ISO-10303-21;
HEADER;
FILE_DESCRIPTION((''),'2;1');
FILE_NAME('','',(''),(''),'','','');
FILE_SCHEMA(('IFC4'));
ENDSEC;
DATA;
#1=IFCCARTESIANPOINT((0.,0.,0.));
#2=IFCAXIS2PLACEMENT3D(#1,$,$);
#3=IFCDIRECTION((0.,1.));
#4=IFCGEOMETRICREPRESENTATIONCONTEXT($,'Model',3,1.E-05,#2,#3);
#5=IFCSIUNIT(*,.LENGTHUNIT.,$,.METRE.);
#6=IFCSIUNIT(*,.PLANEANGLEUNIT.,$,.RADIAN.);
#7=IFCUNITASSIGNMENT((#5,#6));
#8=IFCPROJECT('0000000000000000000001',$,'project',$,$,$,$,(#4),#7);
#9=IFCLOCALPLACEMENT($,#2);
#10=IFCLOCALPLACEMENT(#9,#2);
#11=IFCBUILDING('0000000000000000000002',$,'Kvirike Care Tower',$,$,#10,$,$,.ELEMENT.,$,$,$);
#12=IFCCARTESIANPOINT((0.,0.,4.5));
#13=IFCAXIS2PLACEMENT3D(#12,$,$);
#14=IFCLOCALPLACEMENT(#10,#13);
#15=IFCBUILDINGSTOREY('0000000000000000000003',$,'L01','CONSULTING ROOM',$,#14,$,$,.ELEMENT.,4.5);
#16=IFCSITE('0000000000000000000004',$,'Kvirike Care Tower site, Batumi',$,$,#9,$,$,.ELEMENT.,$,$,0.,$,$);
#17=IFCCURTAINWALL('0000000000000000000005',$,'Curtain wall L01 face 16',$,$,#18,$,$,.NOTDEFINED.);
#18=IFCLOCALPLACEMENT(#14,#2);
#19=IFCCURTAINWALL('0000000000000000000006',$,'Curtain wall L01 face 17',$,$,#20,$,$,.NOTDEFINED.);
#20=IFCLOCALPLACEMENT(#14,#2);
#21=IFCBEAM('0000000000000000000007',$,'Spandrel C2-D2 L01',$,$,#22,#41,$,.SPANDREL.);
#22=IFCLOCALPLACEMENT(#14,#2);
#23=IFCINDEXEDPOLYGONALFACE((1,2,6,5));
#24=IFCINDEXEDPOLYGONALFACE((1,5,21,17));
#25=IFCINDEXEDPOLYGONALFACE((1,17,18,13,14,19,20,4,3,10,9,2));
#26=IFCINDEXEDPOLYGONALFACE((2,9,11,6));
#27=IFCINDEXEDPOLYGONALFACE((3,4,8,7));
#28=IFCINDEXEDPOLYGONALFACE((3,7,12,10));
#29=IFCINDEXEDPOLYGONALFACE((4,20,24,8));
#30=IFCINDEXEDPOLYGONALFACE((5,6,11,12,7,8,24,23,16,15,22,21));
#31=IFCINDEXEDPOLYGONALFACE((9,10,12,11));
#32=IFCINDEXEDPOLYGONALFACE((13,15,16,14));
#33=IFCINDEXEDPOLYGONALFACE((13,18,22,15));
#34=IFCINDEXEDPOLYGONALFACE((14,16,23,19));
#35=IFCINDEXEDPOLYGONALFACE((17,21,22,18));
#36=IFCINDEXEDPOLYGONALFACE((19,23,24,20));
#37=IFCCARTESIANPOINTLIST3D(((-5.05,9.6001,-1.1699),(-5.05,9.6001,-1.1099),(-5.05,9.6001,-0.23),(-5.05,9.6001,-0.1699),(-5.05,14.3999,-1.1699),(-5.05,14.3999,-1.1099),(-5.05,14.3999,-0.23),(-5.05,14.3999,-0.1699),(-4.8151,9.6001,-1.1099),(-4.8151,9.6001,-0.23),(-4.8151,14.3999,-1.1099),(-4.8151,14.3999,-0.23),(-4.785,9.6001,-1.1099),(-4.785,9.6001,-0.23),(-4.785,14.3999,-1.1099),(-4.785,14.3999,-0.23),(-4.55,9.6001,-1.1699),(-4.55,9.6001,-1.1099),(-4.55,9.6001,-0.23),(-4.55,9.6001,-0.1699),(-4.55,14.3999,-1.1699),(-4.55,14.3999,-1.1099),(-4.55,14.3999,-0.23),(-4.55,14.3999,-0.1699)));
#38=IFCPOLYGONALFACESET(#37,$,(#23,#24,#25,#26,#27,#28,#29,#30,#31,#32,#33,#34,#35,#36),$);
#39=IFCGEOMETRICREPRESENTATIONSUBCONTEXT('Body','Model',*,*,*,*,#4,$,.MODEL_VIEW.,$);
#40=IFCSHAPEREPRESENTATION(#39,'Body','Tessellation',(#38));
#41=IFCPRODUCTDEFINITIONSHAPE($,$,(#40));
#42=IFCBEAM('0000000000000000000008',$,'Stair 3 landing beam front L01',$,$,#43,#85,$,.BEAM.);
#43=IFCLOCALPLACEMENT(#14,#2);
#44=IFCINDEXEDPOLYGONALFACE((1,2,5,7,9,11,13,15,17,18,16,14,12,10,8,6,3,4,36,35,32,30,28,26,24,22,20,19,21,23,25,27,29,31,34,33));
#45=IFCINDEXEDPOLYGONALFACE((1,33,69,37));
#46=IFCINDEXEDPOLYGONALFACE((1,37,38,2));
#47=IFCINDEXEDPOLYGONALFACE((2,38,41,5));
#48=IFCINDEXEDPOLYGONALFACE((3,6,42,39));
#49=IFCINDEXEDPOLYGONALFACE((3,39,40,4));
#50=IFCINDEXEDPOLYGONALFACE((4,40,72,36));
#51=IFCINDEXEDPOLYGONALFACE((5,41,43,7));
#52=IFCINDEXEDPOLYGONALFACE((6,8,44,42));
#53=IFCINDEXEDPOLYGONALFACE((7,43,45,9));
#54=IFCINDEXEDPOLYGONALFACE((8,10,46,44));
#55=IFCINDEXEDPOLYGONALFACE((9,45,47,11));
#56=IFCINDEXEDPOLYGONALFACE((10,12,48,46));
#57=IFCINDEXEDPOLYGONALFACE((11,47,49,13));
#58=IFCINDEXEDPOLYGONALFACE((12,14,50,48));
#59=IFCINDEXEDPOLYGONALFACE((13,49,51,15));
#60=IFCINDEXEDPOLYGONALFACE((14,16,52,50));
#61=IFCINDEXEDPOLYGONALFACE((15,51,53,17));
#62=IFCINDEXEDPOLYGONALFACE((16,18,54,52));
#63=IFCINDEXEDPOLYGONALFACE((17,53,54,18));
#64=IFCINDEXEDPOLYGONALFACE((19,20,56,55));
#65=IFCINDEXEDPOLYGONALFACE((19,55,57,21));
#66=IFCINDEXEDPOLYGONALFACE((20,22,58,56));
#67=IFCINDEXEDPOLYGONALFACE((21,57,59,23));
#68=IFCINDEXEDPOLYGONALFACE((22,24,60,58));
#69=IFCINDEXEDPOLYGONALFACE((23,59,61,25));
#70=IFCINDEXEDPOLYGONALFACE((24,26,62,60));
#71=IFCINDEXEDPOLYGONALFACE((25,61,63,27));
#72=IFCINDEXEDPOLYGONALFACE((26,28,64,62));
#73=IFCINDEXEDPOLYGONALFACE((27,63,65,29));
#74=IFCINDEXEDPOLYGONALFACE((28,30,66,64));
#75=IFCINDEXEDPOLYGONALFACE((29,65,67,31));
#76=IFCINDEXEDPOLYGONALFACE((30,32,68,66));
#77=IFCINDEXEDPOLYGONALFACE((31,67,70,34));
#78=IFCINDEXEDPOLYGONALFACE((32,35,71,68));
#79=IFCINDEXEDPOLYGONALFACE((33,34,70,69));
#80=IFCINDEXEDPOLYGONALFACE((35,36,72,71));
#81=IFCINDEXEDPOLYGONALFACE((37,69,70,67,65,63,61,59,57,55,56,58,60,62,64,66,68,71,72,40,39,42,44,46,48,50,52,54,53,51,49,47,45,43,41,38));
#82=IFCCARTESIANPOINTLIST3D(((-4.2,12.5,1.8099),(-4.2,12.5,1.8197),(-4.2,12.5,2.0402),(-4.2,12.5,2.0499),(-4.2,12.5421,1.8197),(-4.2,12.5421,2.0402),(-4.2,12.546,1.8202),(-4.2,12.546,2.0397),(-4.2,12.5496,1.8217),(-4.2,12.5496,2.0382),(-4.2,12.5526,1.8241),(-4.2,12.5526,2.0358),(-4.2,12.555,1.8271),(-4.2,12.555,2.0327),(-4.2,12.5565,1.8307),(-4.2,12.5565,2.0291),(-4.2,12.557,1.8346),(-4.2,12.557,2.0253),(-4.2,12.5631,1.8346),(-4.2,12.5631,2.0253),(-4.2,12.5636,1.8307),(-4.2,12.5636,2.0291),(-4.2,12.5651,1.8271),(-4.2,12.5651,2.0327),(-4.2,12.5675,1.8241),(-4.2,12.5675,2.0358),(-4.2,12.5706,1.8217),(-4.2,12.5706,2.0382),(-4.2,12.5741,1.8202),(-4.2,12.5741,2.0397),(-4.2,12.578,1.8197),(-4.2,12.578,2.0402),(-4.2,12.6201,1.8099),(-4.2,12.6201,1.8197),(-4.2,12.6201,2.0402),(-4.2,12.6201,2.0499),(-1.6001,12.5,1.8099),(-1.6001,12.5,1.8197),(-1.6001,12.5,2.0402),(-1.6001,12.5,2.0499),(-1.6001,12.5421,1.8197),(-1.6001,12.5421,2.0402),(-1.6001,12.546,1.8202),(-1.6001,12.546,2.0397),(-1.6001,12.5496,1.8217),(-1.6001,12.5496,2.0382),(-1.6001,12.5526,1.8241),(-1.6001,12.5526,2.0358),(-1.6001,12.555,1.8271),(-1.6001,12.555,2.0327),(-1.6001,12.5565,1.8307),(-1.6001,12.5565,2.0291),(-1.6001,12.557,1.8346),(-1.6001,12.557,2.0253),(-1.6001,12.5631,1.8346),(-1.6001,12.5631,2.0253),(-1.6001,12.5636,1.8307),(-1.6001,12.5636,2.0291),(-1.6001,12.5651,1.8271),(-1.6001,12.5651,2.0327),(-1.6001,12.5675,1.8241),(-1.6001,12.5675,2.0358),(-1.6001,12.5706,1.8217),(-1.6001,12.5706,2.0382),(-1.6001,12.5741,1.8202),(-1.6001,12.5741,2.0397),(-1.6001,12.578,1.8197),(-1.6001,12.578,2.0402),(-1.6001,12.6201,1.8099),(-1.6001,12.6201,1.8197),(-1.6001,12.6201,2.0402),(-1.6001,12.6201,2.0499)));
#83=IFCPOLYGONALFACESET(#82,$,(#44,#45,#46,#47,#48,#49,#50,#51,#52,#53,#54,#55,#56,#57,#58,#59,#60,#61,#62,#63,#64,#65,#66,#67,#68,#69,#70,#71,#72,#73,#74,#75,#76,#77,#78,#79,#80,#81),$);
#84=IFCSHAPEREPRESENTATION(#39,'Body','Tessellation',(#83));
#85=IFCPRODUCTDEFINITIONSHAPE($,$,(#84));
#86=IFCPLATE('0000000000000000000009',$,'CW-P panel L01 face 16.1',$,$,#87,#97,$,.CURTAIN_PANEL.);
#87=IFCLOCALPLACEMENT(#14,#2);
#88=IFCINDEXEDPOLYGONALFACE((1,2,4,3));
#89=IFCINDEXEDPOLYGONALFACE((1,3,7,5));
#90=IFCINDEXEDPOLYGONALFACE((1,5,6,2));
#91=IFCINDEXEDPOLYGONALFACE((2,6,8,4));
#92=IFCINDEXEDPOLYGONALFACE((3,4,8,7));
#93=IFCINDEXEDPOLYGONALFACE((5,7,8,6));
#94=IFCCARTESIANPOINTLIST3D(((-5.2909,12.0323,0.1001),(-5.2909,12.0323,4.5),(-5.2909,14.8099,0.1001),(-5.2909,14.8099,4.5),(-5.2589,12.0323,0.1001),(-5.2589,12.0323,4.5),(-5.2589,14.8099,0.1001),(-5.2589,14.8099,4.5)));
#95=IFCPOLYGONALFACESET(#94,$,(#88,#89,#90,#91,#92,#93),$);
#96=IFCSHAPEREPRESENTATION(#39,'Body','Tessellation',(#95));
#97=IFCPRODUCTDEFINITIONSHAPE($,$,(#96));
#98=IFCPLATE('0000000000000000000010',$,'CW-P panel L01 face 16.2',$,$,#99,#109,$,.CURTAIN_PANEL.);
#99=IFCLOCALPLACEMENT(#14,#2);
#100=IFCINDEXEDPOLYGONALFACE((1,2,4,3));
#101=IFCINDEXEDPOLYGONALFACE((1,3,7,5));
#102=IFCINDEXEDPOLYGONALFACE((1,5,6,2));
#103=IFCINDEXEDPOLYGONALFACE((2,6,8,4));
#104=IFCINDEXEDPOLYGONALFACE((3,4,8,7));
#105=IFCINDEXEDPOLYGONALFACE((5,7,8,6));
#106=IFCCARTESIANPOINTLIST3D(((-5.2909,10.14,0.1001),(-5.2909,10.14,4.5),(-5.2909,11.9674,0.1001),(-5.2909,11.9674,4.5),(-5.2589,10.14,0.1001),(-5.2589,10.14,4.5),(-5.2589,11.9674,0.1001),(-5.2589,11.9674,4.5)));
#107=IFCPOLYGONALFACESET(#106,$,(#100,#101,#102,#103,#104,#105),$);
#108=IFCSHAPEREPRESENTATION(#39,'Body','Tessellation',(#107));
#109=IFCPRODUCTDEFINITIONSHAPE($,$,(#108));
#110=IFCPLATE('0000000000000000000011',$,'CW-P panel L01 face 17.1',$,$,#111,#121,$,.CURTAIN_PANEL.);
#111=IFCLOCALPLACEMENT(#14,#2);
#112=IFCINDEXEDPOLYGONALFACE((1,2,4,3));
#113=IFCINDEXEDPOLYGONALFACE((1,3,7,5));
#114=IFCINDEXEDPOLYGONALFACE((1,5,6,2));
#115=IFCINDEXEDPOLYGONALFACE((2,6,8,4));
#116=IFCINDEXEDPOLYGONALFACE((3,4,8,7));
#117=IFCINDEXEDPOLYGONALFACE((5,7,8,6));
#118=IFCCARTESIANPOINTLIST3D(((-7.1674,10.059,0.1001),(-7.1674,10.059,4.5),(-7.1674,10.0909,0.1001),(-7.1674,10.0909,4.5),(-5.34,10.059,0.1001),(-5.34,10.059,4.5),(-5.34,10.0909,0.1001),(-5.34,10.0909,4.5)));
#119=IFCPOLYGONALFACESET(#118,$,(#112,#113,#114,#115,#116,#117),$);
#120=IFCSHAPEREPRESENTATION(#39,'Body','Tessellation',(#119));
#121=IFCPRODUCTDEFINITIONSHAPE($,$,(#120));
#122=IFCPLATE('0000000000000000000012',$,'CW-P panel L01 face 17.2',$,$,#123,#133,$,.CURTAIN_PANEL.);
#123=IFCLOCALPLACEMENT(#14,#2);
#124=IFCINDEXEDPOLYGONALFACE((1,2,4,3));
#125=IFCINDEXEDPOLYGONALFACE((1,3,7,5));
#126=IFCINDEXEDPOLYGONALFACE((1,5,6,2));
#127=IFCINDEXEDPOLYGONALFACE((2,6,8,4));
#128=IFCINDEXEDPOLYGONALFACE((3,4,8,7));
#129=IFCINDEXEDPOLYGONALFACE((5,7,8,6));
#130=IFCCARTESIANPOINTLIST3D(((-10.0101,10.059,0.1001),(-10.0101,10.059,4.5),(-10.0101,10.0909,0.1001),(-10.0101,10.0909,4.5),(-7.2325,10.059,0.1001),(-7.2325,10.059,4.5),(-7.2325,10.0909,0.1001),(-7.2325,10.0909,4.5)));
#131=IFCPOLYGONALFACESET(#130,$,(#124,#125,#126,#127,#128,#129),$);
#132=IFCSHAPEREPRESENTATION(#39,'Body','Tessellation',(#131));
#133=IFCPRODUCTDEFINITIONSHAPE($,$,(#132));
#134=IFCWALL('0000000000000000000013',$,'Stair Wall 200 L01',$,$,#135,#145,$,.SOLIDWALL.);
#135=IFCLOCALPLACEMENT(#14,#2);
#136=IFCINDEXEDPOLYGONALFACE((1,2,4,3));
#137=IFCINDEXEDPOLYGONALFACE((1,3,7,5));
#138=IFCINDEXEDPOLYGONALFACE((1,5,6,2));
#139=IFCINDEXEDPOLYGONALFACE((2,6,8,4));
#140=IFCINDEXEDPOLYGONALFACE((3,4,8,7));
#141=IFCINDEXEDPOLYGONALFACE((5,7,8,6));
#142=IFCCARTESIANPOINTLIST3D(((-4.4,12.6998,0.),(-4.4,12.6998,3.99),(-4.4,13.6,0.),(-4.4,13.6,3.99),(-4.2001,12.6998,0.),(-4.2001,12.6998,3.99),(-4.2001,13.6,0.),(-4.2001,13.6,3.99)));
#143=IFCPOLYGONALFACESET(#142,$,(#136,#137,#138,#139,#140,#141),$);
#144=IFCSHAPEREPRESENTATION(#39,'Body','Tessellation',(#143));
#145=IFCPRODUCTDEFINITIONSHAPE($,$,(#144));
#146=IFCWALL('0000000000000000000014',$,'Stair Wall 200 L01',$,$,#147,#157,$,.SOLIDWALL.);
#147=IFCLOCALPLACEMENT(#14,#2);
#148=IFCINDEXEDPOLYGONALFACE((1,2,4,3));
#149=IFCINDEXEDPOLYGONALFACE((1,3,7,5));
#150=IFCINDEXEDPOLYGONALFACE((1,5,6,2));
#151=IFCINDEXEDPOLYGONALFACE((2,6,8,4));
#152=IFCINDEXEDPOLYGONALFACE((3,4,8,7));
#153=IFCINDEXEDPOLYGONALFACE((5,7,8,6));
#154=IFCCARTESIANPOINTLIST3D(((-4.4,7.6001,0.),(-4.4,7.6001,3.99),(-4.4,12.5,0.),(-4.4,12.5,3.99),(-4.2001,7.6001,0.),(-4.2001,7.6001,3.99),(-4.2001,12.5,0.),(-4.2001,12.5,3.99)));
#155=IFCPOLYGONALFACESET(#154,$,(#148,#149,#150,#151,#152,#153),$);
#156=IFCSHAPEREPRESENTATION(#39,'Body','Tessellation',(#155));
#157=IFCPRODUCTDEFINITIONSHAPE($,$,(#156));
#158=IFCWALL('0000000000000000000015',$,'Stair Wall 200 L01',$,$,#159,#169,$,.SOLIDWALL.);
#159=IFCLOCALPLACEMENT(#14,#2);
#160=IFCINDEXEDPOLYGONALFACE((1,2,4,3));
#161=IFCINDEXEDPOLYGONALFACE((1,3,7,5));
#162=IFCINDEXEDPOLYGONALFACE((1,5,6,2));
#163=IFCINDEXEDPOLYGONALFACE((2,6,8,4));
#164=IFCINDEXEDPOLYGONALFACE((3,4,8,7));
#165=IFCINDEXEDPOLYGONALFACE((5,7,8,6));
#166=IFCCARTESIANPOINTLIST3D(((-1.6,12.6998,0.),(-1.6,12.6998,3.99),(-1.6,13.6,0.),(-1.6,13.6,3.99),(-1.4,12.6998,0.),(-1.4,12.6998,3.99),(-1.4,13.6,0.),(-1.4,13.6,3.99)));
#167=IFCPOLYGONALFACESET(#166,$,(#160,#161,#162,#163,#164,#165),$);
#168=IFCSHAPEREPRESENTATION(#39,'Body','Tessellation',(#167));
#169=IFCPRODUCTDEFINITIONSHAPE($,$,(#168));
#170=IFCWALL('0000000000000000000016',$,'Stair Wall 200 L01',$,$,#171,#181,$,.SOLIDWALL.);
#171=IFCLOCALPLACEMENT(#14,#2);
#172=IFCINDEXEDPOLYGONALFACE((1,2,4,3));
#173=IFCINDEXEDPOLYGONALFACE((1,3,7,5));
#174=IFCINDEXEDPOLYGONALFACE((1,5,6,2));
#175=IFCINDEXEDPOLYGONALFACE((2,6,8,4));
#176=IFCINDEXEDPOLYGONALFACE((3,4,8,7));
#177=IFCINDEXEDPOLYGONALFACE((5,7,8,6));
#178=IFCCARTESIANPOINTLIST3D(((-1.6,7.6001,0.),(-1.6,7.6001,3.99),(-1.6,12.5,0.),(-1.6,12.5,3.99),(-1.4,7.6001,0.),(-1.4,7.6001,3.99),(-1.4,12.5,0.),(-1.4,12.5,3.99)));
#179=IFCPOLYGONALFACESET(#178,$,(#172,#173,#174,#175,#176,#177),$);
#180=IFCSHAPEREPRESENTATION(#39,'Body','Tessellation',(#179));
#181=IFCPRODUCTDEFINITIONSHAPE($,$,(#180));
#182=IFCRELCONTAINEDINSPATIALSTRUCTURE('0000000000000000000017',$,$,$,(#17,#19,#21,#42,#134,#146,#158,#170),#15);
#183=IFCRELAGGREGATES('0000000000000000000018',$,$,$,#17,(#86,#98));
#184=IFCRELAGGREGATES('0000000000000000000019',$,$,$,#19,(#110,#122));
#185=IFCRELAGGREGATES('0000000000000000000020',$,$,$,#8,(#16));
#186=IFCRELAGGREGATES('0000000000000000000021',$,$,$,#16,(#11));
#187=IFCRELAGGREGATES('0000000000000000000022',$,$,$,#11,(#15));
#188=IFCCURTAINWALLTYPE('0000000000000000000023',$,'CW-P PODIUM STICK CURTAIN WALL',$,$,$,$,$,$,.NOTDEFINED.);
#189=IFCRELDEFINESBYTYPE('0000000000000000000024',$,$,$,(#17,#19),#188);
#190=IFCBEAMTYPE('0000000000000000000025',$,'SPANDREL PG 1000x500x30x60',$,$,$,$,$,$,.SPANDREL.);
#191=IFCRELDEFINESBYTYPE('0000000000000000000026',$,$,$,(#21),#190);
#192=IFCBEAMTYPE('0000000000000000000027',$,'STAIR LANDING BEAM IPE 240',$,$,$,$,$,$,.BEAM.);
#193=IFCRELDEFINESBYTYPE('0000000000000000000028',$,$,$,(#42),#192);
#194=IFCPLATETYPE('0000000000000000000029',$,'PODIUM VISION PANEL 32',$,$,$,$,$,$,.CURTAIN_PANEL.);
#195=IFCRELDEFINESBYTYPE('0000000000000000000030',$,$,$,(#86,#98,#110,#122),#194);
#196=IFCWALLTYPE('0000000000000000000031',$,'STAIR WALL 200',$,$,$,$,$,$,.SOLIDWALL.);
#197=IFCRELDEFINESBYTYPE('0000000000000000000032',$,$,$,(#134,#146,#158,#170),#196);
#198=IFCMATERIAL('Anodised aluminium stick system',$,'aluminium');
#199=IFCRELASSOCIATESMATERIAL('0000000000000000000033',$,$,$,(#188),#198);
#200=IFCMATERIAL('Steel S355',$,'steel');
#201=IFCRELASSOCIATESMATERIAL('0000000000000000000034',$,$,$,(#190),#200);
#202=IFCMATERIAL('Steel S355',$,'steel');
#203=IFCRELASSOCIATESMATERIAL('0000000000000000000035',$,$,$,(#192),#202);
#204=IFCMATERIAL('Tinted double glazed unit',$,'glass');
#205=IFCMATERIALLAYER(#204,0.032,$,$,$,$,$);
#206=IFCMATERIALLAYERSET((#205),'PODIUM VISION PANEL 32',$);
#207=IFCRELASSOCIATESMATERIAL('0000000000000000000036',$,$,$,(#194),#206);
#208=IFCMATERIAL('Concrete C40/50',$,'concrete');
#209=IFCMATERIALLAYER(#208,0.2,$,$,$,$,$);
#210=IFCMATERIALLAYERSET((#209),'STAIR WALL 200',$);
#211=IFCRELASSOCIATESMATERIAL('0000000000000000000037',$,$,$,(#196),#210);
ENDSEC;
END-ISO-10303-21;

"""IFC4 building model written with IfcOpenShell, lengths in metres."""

from ifc_helpers import new_model, si_unit, direction, frame, frame_2d, origin, origin_2d, place, context, subcontext, project, spatial, rectangle, i_section, extrude, material, layer, layer_set, material_profile, profile_set, type_object, element, aggregate, save


model = new_model("IFC4")

# Units and contexts
model_context = context("Model", 3, precision=1e-05, world=origin(), true_north=direction((0.0, 1.0)))
body_context = subcontext(model_context, "Body", "Model", "MODEL_VIEW")
ifc_project = project(units=[si_unit("LENGTHUNIT", "METRE"), si_unit("PLANEANGLEUNIT", "RADIAN")], contexts=[model_context])

# Site, building, storey
site_placement = place(None, origin())
site = spatial("IfcSite", under=ifc_project, at=site_placement, Name="Kvirike Care Tower site, Batumi", CompositionType="ELEMENT", RefElevation=0.0)
building_placement = place(site_placement, origin())
building = spatial("IfcBuilding", under=site, at=building_placement, Name="Kvirike Care Tower", CompositionType="ELEMENT")
storey_placement = place(building_placement, frame((0.0, 0.0, 4.5)))
storey = spatial("IfcBuildingStorey", under=building, at=storey_placement, Name="L01", Description="CONSULTING ROOM", CompositionType="ELEMENT", Elevation=4.5)

# Curtain walls
ifc_material_1 = material(Name="Anodised aluminium stick system", Category="aluminium")
curtain_wall_type = type_object("IfcCurtainWallType", Name="CW-P PODIUM STICK CURTAIN WALL", PredefinedType="NOTDEFINED", material=ifc_material_1)
curtain_wall_1_placement = place(storey_placement, origin())
curtain_wall_1 = element("IfcCurtainWall", 1, at=curtain_wall_1_placement, inside=storey, type_object=curtain_wall_type, Name="Curtain wall L01 face 16", PredefinedType="NOTDEFINED")
curtain_wall_2_placement = place(storey_placement, origin())
curtain_wall_2 = element("IfcCurtainWall", 2, at=curtain_wall_2_placement, inside=storey, type_object=curtain_wall_type, Name="Curtain wall L01 face 17", PredefinedType="NOTDEFINED")

# Beams
ifc_material_2 = material(Name="Steel S355", Category="steel")
ifc_material_profile_1 = material_profile(ifc_material_2, i_section(OverallWidth=0.5, OverallDepth=1.0, WebThickness=0.03, FlangeThickness=0.0601, at=origin_2d()), Name="PG 1000x500x30x60")
ifc_profile_set_1 = profile_set([ifc_material_profile_1], Name="Steel S355")
beam_type_1 = type_object("IfcBeamType", Name="SPANDREL PG 1000x500x30x60", PredefinedType="SPANDREL", material=ifc_profile_set_1)
beam_1_placement = place(storey_placement, frame((-4.8, 9.6001, -0.6699), z_axis=(0.0, 1.0, 0.0), x_axis=(-1.0, 0.0, 0.0)))
element("IfcBeam", 3, at=beam_1_placement, inside=storey, type_object=beam_type_1, Name="Spandrel C2-D2 L01", PredefinedType="SPANDREL", context=body_context, shape_type="SweptSolid", body=[
    extrude(i_section(OverallWidth=0.5, OverallDepth=1.0, WebThickness=0.03, FlangeThickness=0.0601, at=origin_2d()), origin(), (0.0, 0.0, 1.0), 4.7998),
])
ifc_material_3 = material(Name="Steel S355", Category="steel")
ifc_material_profile_2 = material_profile(ifc_material_3, i_section(OverallWidth=0.1201, OverallDepth=0.24, WebThickness=0.0061, FlangeThickness=0.0098, FilletRadius=0.0149, at=origin_2d()), Name="IPE 240")
ifc_profile_set_2 = profile_set([ifc_material_profile_2], Name="Steel S355")
beam_type_2 = type_object("IfcBeamType", Name="STAIR LANDING BEAM IPE 240", PredefinedType="BEAM", material=ifc_profile_set_2)
beam_2_placement = place(storey_placement, frame((-4.2, 12.5601, 1.9299), z_axis=(1.0, 0.0, 0.0), x_axis=(0.0, 1.0, 0.0)))
element("IfcBeam", 4, at=beam_2_placement, inside=storey, type_object=beam_type_2, Name="Stair 3 landing beam front L01", PredefinedType="BEAM", context=body_context, shape_type="SweptSolid", body=[
    extrude(i_section(OverallWidth=0.1201, OverallDepth=0.24, WebThickness=0.0061, FlangeThickness=0.0098, FilletRadius=0.0149, at=origin_2d()), origin(), (0.0, 0.0, 1.0), 2.5999),
])

# Plates
ifc_material_4 = material(Name="Tinted double glazed unit", Category="glass")
ifc_layer_1 = layer(ifc_material_4, 0.032)
ifc_layer_set_1 = layer_set([ifc_layer_1], Name="PODIUM VISION PANEL 32")
plate_type = type_object("IfcPlateType", Name="PODIUM VISION PANEL 32", PredefinedType="CURTAIN_PANEL", material=ifc_layer_set_1)
plate_1_placement = place(storey_placement, frame((-5.2749, 13.4211, 0.1001), z_axis=(0.0, 0.0, 1.0), x_axis=(0.0, -1.0, 0.0)))
plate_1 = element("IfcPlate", 5, at=plate_1_placement, type_object=plate_type, Name="CW-P panel L01 face 16.1", PredefinedType="CURTAIN_PANEL", context=body_context, shape_type="SweptSolid", body=[
    extrude(rectangle(XDim=2.7776, YDim=0.032, at=origin_2d()), origin(), (0.0, 0.0, 1.0), 4.3999),
])
plate_2_placement = place(storey_placement, frame((-5.2749, 11.0537, 0.1001), z_axis=(0.0, 0.0, 1.0), x_axis=(0.0, -1.0, 0.0)))
plate_2 = element("IfcPlate", 6, at=plate_2_placement, type_object=plate_type, Name="CW-P panel L01 face 16.2", PredefinedType="CURTAIN_PANEL", context=body_context, shape_type="SweptSolid", body=[
    extrude(rectangle(XDim=1.8274, YDim=0.032, at=origin_2d()), origin(), (0.0, 0.0, 1.0), 4.3999),
])
aggregate(curtain_wall_1, [plate_1, plate_2])
plate_3_placement = place(storey_placement, frame((-6.2537, 10.075, 0.1001), z_axis=(0.0, 0.0, 1.0), x_axis=(-1.0, 0.0, 0.0)))
plate_3 = element("IfcPlate", 7, at=plate_3_placement, type_object=plate_type, Name="CW-P panel L01 face 17.1", PredefinedType="CURTAIN_PANEL", context=body_context, shape_type="SweptSolid", body=[
    extrude(rectangle(XDim=1.8274, YDim=0.032, at=origin_2d()), origin(), (0.0, 0.0, 1.0), 4.3999),
])
plate_4_placement = place(storey_placement, frame((-8.6213, 10.075, 0.1001), z_axis=(0.0, 0.0, 1.0), x_axis=(-1.0, 0.0, 0.0)))
plate_4 = element("IfcPlate", 8, at=plate_4_placement, type_object=plate_type, Name="CW-P panel L01 face 17.2", PredefinedType="CURTAIN_PANEL", context=body_context, shape_type="SweptSolid", body=[
    extrude(rectangle(XDim=2.7776, YDim=0.032, at=origin_2d()), origin(), (0.0, 0.0, 1.0), 4.3999),
])
aggregate(curtain_wall_2, [plate_3, plate_4])

# Walls
ifc_material_5 = material(Name="Concrete C40/50", Category="concrete")
ifc_layer_2 = layer(ifc_material_5, 0.2)
ifc_layer_set_2 = layer_set([ifc_layer_2], Name="STAIR WALL 200")
wall_type = type_object("IfcWallType", Name="STAIR WALL 200", PredefinedType="SOLIDWALL", material=ifc_layer_set_2)
wall_1_placement = place(storey_placement, frame((-4.3, 13.6001, 0.0), z_axis=(0.0, 0.0, 1.0), x_axis=(0.0, -1.0, 0.0)))
element("IfcWall", 9, at=wall_1_placement, inside=storey, type_object=wall_type, Name="Stair Wall 200 L01", PredefinedType="SOLIDWALL", context=body_context, shape_type="SweptSolid", body=[
    extrude(rectangle(XDim=0.9001, YDim=0.2, at=frame_2d((0.4502, 0.0))), origin(), (0.0, 0.0, 1.0), 3.99),
])
wall_2_placement = place(storey_placement, frame((-4.3, 12.5, 0.0), z_axis=(0.0, 0.0, 1.0), x_axis=(0.0, -1.0, 0.0)))
element("IfcWall", 10, at=wall_2_placement, inside=storey, type_object=wall_type, Name="Stair Wall 200 L01", PredefinedType="SOLIDWALL", context=body_context, shape_type="SweptSolid", body=[
    extrude(rectangle(XDim=4.8999, YDim=0.2, at=frame_2d((2.45, 0.0))), origin(), (0.0, 0.0, 1.0), 3.99),
])
wall_3_placement = place(storey_placement, frame((-1.5, 13.6001, 0.0), z_axis=(0.0, 0.0, 1.0), x_axis=(0.0, -1.0, 0.0)))
element("IfcWall", 11, at=wall_3_placement, inside=storey, type_object=wall_type, Name="Stair Wall 200 L01", PredefinedType="SOLIDWALL", context=body_context, shape_type="SweptSolid", body=[
    extrude(rectangle(XDim=0.9001, YDim=0.2, at=frame_2d((0.4502, 0.0))), origin(), (0.0, 0.0, 1.0), 3.99),
])
wall_4_placement = place(storey_placement, frame((-1.5, 12.5, 0.0), z_axis=(0.0, 0.0, 1.0), x_axis=(0.0, -1.0, 0.0)))
element("IfcWall", 12, at=wall_4_placement, inside=storey, type_object=wall_type, Name="Stair Wall 200 L01", PredefinedType="SOLIDWALL", context=body_context, shape_type="SweptSolid", body=[
    extrude(rectangle(XDim=4.8999, YDim=0.2, at=frame_2d((2.45, 0.0))), origin(), (0.0, 0.0, 1.0), 3.99),
])

save(model, "model.ifc")
